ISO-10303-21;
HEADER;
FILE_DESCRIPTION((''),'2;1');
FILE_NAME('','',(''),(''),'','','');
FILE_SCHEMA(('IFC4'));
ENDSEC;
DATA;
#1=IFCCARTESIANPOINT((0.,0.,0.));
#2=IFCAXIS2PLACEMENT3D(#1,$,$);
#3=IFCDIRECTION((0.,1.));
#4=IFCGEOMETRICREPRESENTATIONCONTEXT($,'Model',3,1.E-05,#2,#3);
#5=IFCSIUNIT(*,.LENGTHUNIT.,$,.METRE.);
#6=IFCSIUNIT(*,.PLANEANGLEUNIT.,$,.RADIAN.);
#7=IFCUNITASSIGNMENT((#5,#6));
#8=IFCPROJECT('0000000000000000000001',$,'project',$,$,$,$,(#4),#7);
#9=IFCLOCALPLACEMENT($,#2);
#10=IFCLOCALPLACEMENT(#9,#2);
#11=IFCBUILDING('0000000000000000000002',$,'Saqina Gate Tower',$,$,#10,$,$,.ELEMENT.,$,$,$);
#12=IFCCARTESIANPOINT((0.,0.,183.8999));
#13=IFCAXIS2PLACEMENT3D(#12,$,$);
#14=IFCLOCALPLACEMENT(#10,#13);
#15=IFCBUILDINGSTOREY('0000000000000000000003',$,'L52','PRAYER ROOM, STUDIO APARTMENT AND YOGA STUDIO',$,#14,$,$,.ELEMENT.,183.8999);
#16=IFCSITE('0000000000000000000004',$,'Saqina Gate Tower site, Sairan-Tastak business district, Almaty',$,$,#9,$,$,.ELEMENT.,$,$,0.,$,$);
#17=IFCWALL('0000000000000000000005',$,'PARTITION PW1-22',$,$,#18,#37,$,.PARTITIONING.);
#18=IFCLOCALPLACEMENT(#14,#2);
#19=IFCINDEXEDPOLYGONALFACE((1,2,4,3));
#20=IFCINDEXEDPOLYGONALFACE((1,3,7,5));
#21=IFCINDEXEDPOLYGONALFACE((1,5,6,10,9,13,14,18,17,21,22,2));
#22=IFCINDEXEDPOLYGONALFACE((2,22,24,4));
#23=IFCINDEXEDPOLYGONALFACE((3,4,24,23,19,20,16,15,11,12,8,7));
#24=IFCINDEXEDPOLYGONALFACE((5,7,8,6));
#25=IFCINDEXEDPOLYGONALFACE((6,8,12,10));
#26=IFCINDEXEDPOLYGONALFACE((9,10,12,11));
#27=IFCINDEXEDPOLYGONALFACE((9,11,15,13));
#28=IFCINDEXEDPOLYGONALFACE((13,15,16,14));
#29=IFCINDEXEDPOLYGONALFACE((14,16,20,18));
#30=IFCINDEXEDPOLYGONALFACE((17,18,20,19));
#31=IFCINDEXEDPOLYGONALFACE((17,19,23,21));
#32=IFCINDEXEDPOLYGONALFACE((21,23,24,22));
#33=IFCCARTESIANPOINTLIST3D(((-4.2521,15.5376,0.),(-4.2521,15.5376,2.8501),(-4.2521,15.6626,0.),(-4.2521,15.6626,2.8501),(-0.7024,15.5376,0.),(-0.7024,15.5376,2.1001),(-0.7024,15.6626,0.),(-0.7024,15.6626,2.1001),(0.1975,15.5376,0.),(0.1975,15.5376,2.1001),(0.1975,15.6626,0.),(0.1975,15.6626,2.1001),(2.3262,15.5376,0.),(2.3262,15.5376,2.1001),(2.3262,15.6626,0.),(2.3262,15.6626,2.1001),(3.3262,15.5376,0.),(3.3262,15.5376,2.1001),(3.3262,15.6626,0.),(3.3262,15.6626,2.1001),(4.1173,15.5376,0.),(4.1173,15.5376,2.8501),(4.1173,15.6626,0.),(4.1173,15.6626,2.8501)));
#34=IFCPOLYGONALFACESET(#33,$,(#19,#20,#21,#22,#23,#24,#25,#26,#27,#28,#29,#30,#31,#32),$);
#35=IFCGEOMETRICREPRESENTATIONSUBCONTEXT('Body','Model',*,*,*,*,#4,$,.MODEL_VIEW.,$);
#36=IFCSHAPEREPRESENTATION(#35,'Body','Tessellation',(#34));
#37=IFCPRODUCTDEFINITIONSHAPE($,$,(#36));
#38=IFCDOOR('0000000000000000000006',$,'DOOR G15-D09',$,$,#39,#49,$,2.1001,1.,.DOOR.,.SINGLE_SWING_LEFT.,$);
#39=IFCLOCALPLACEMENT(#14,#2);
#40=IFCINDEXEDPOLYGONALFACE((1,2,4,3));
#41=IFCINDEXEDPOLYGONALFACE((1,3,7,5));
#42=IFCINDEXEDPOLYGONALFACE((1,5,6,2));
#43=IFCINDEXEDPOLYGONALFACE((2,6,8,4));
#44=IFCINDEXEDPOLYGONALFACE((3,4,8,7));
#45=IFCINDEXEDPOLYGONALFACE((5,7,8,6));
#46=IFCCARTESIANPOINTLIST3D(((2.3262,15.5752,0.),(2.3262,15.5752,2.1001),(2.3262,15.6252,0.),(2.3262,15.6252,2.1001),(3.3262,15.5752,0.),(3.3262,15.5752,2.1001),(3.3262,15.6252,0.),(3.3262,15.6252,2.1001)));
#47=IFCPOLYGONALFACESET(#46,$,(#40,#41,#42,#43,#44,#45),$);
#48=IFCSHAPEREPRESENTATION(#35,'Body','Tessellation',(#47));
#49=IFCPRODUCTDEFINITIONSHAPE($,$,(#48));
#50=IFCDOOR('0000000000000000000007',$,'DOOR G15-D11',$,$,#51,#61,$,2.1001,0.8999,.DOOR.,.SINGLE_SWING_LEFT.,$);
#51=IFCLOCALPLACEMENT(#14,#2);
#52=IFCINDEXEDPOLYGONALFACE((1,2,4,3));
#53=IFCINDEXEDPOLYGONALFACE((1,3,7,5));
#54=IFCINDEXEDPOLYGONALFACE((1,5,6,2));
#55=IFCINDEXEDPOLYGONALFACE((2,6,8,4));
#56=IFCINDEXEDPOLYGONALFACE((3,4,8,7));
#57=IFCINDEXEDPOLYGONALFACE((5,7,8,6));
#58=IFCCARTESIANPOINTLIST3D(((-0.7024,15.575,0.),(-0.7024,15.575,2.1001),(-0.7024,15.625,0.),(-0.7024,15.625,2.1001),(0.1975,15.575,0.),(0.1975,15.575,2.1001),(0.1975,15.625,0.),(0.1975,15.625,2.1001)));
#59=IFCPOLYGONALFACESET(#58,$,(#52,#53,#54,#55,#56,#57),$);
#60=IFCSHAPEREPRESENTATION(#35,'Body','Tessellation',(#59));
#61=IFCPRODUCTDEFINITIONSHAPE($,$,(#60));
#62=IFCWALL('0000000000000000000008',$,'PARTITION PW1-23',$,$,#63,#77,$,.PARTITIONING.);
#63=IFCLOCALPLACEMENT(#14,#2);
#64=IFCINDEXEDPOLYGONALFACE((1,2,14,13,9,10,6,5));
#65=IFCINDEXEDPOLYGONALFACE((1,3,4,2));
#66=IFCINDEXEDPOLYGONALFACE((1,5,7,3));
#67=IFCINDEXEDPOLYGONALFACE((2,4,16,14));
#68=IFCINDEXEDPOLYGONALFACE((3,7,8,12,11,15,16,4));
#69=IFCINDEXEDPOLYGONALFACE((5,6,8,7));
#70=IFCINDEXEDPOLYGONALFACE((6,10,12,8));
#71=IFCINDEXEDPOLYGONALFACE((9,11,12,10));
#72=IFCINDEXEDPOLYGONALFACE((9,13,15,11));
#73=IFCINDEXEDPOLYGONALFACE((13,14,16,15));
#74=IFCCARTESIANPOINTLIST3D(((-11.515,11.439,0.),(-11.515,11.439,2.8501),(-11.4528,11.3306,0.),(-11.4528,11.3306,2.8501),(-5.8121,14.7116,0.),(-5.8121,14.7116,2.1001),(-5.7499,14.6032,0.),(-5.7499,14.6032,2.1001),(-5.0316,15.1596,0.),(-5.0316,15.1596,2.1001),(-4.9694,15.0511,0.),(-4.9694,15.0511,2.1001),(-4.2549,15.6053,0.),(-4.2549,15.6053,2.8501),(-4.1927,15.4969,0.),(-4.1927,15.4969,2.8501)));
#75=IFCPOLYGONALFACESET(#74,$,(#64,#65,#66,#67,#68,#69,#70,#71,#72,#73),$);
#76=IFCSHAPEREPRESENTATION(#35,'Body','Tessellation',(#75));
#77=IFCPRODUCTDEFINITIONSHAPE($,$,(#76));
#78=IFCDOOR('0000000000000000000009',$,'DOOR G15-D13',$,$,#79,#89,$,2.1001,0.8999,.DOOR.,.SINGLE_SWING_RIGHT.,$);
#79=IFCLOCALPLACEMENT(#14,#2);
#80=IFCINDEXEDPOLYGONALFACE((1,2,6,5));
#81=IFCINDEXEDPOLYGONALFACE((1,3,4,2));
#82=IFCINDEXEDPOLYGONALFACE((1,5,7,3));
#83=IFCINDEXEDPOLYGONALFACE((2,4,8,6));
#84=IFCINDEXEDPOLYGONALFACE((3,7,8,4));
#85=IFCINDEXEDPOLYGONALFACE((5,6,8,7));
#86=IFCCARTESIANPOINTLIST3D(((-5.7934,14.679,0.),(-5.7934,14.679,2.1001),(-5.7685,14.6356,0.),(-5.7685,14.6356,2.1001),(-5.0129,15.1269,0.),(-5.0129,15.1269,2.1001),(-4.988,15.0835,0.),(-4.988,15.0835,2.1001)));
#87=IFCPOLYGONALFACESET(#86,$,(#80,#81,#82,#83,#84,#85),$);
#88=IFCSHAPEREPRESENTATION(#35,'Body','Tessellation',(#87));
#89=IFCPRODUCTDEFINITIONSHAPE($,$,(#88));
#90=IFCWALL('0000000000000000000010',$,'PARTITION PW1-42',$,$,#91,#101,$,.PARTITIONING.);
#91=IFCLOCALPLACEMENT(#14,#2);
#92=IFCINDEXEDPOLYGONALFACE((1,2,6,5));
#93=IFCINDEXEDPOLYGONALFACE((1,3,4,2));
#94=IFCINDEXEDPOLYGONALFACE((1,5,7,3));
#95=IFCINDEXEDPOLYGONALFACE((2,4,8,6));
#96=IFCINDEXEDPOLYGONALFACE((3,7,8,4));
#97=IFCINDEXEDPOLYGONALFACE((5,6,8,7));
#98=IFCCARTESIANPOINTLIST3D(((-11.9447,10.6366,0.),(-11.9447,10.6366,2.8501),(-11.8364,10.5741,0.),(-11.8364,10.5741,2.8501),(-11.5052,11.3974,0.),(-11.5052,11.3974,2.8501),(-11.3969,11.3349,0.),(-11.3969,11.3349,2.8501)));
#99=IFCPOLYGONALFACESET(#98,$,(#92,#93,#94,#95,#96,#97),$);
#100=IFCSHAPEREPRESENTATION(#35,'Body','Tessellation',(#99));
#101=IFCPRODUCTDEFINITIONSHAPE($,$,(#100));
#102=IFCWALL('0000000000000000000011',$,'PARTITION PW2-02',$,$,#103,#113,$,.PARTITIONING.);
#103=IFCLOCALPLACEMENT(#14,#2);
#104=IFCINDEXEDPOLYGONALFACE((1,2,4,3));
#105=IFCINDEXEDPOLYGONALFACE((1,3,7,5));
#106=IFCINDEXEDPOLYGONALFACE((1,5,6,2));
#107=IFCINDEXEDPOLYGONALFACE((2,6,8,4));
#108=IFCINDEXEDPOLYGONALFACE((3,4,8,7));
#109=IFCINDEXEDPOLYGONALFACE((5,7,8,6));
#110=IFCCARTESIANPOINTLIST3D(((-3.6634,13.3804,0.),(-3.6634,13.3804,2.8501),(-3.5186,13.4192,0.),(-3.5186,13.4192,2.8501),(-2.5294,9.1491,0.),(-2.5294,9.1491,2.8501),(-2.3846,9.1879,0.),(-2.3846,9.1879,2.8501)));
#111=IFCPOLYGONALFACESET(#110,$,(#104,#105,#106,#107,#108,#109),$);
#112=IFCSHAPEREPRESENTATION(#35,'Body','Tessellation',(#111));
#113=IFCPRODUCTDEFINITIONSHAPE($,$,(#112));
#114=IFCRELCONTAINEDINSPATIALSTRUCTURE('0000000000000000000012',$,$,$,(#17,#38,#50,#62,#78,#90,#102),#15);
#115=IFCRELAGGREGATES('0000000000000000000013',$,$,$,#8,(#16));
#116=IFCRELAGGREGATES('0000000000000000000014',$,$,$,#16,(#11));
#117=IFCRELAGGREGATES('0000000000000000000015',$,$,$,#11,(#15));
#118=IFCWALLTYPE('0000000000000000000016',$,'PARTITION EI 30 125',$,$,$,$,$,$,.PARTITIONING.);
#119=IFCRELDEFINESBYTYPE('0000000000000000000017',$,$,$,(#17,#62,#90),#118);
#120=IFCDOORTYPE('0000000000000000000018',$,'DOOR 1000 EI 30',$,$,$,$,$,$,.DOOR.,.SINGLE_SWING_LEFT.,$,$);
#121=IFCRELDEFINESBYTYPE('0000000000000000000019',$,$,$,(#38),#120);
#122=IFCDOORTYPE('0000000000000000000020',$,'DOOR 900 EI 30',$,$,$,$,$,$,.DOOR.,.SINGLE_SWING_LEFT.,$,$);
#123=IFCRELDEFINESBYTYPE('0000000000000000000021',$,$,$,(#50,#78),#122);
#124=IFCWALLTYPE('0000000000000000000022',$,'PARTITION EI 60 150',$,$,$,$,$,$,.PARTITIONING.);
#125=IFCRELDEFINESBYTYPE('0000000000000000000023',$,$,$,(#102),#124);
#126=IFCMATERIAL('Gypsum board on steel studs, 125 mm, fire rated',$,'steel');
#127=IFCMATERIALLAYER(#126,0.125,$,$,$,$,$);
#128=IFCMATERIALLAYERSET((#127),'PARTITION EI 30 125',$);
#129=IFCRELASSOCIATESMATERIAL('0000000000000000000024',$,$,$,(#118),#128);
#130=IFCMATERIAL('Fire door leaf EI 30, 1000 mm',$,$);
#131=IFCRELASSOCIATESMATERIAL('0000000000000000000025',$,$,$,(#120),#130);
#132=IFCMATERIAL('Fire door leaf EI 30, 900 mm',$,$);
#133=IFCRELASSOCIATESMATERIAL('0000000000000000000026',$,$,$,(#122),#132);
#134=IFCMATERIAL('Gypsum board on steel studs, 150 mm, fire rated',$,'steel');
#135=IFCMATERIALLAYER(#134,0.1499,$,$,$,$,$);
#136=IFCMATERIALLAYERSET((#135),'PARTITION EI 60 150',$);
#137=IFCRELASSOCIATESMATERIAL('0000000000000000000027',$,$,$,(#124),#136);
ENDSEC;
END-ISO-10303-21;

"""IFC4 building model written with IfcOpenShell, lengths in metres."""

from ifc_helpers import new_model, si_unit, direction, frame, frame_2d, origin, place, context, subcontext, project, spatial, rectangle, extrude, material, layer, layer_set, type_object, element, fill, save


model = new_model("IFC4")

# Units and contexts
model_context = context("Model", 3, precision=1e-05, world=origin(), true_north=direction((0.0, 1.0)))
body_context = subcontext(model_context, "Body", "Model", "MODEL_VIEW")
ifc_project = project(units=[si_unit("LENGTHUNIT", "METRE"), si_unit("PLANEANGLEUNIT", "RADIAN")], contexts=[model_context])

# Site, building, storey
site_placement = place(None, origin())
site = spatial("IfcSite", under=ifc_project, at=site_placement, Name="Saqina Gate Tower site, Sairan-Tastak business district, Almaty", CompositionType="ELEMENT", RefElevation=0.0)
building_placement = place(site_placement, origin())
building = spatial("IfcBuilding", under=site, at=building_placement, Name="Saqina Gate Tower", CompositionType="ELEMENT")
storey_placement = place(building_placement, frame((0.0, 0.0, 183.8999)))
storey = spatial("IfcBuildingStorey", under=building, at=storey_placement, Name="L52", Description="PRAYER ROOM, STUDIO APARTMENT AND YOGA STUDIO", CompositionType="ELEMENT", Elevation=183.8999)

# Shared definitions
ifc_material_1 = material(Name="Gypsum board on steel studs, 125 mm, fire rated", Category="steel")
ifc_layer_1 = layer(ifc_material_1, 0.125)
ifc_layer_set_1 = layer_set([ifc_layer_1], Name="PARTITION EI 30 125")
wall_type_1 = type_object("IfcWallType", Name="PARTITION EI 30 125", PredefinedType="PARTITIONING", material=ifc_layer_set_1)
ifc_material_2 = material(Name="Fire door leaf EI 30, 1000 mm")
door_type_1 = type_object("IfcDoorType", Name="DOOR 1000 EI 30", OperationType="SINGLE_SWING_LEFT", PredefinedType="DOOR", material=ifc_material_2)

# Wall, openings, doors
wall_1_placement = place(storey_placement, frame((-4.252, 15.6001, 0.0), z_axis=(0.0, 0.0, 1.0), x_axis=(1.0, 0.0, 0.0)))
wall_1 = element("IfcWall", 1, at=wall_1_placement, inside=storey, type_object=wall_type_1, Name="PARTITION PW1-22", PredefinedType="PARTITIONING", context=body_context, shape_type="SweptSolid", body=[
    extrude(rectangle(XDim=8.3694, YDim=0.125, at=frame_2d((4.1846, 0.0))), origin(), (0.0, 0.0, 1.0), 2.8501),
])
opening_1_placement = place(wall_1_placement, frame((6.5781, 0.0, 0.0)))
opening_1 = element("IfcOpeningElement", 2, at=opening_1_placement, cuts=wall_1, PredefinedType="OPENING", context=body_context, shape_type="SweptSolid", body=[
    extrude(rectangle(XDim=1.0, YDim=2.1001, at=frame_2d((0.5, 1.05))), frame((0.0, 0.0745, 0.0), z_axis=(0.0, -1.0, 0.0), x_axis=(1.0, 0.0, 0.0)), (0.0, 0.0, 1.0), 0.1489),
])
opening_2_placement = place(wall_1_placement, frame((3.5496, 0.0, 0.0)))
opening_2 = element("IfcOpeningElement", 3, at=opening_2_placement, cuts=wall_1, PredefinedType="OPENING", context=body_context, shape_type="SweptSolid", body=[
    extrude(rectangle(XDim=0.8999, YDim=2.1001, at=frame_2d((0.45, 1.05))), frame((0.0, 0.0745, 0.0), z_axis=(0.0, -1.0, 0.0), x_axis=(1.0, 0.0, 0.0)), (0.0, 0.0, 1.0), 0.1489),
])
door_1_placement = place(opening_1_placement, frame((1.0, 0.0, 0.0), z_axis=(0.0, 0.0, 1.0), x_axis=(-1.0, 0.0, 0.0)))
door_1 = element("IfcDoor", 4, at=door_1_placement, inside=storey, type_object=door_type_1, Name="DOOR G15-D09", OperationType="SINGLE_SWING_LEFT", OverallHeight=2.1001, OverallWidth=1.0, PredefinedType="DOOR", context=body_context, shape_type="SweptSolid", body=[
    extrude(rectangle(XDim=1.0, YDim=2.1001, at=frame_2d((0.5, 1.05))), frame((0.0, 0.0249, 0.0), z_axis=(0.0, -1.0, 0.0), x_axis=(1.0, 0.0, 0.0)), (0.0, 0.0, 1.0), 0.05),
])
fill(opening_1, door_1)
ifc_material_3 = material(Name="Fire door leaf EI 30, 900 mm")
door_type_2 = type_object("IfcDoorType", Name="DOOR 900 EI 30", OperationType="SINGLE_SWING_LEFT", PredefinedType="DOOR", material=ifc_material_3)
door_2_placement = place(opening_2_placement, origin())
door_2 = element("IfcDoor", 5, at=door_2_placement, inside=storey, type_object=door_type_2, Name="DOOR G15-D11", OperationType="SINGLE_SWING_LEFT", OverallHeight=2.1001, OverallWidth=0.8999, PredefinedType="DOOR", context=body_context, shape_type="SweptSolid", body=[
    extrude(rectangle(XDim=0.8999, YDim=2.1001, at=frame_2d((0.45, 1.05))), frame((0.0, 0.0249, 0.0), z_axis=(0.0, -1.0, 0.0), x_axis=(1.0, 0.0, 0.0)), (0.0, 0.0, 1.0), 0.05),
])
fill(opening_2, door_2)

# Wall, opening, door
wall_2_placement = place(storey_placement, frame((-11.4839, 11.3848, 0.0), z_axis=(0.0, 0.0, 1.0), x_axis=(0.867332, 0.497731, 0.0)))
wall_2 = element("IfcWall", 6, at=wall_2_placement, inside=storey, type_object=wall_type_1, Name="PARTITION PW1-23", PredefinedType="PARTITIONING", context=body_context, shape_type="SweptSolid", body=[
    extrude(rectangle(XDim=8.3706, YDim=0.125, at=frame_2d((4.1853, 0.0))), origin(), (0.0, 0.0, 1.0), 2.8501),
])
opening_3_placement = place(wall_2_placement, frame((6.5752, 0.0, 0.0)))
opening_3 = element("IfcOpeningElement", 7, at=opening_3_placement, cuts=wall_2, PredefinedType="OPENING", context=body_context, shape_type="SweptSolid", body=[
    extrude(rectangle(XDim=0.8999, YDim=2.1001, at=frame_2d((0.45, 1.05))), frame((0.0, 0.0745, 0.0), z_axis=(0.0, -1.0, 0.0), x_axis=(1.0, 0.0, 0.0)), (0.0, 0.0, 1.0), 0.1489),
])
door_3_placement = place(opening_3_placement, origin())
door_3 = element("IfcDoor", 8, at=door_3_placement, inside=storey, type_object=door_type_2, Name="DOOR G15-D13", OperationType="SINGLE_SWING_RIGHT", OverallHeight=2.1001, OverallWidth=0.8999, PredefinedType="DOOR", context=body_context, shape_type="SweptSolid", body=[
    extrude(rectangle(XDim=0.8999, YDim=2.1001, at=frame_2d((0.45, 1.05))), frame((0.0, 0.0249, 0.0), z_axis=(0.0, -1.0, 0.0), x_axis=(1.0, 0.0, 0.0)), (0.0, 0.0, 1.0), 0.05),
])
fill(opening_3, door_3)

# Walls
wall_3_placement = place(storey_placement, frame((-11.8906, 10.6052, 0.0), z_axis=(0.0, 0.0, 1.0), x_axis=(0.500204, 0.865908, 0.0)))
element("IfcWall", 9, at=wall_3_placement, inside=storey, type_object=wall_type_1, Name="PARTITION PW1-42", PredefinedType="PARTITIONING", context=body_context, shape_type="SweptSolid", body=[
    extrude(rectangle(XDim=0.8787, YDim=0.125, at=frame_2d((0.4395, 0.0))), origin(), (0.0, 0.0, 1.0), 2.8501),
])
ifc_material_4 = material(Name="Gypsum board on steel studs, 150 mm, fire rated", Category="steel")
ifc_layer_2 = layer(ifc_material_4, 0.1499)
ifc_layer_set_2 = layer_set([ifc_layer_2], Name="PARTITION EI 60 150")
wall_type_2 = type_object("IfcWallType", Name="PARTITION EI 60 150", PredefinedType="PARTITIONING", material=ifc_layer_set_2)
wall_4_placement = place(storey_placement, frame((-3.5911, 13.3999, 0.0), z_axis=(0.0, 0.0, 1.0), x_axis=(0.25888, -0.965909, 0.0)))
element("IfcWall", 10, at=wall_4_placement, inside=storey, type_object=wall_type_2, Name="PARTITION PW2-02", PredefinedType="PARTITIONING", context=body_context, shape_type="SweptSolid", body=[
    extrude(rectangle(XDim=4.3806, YDim=0.1499, at=frame_2d((2.1904, 0.0))), origin(), (0.0, 0.0, 1.0), 2.8501),
])

save(model, "model.ifc")
